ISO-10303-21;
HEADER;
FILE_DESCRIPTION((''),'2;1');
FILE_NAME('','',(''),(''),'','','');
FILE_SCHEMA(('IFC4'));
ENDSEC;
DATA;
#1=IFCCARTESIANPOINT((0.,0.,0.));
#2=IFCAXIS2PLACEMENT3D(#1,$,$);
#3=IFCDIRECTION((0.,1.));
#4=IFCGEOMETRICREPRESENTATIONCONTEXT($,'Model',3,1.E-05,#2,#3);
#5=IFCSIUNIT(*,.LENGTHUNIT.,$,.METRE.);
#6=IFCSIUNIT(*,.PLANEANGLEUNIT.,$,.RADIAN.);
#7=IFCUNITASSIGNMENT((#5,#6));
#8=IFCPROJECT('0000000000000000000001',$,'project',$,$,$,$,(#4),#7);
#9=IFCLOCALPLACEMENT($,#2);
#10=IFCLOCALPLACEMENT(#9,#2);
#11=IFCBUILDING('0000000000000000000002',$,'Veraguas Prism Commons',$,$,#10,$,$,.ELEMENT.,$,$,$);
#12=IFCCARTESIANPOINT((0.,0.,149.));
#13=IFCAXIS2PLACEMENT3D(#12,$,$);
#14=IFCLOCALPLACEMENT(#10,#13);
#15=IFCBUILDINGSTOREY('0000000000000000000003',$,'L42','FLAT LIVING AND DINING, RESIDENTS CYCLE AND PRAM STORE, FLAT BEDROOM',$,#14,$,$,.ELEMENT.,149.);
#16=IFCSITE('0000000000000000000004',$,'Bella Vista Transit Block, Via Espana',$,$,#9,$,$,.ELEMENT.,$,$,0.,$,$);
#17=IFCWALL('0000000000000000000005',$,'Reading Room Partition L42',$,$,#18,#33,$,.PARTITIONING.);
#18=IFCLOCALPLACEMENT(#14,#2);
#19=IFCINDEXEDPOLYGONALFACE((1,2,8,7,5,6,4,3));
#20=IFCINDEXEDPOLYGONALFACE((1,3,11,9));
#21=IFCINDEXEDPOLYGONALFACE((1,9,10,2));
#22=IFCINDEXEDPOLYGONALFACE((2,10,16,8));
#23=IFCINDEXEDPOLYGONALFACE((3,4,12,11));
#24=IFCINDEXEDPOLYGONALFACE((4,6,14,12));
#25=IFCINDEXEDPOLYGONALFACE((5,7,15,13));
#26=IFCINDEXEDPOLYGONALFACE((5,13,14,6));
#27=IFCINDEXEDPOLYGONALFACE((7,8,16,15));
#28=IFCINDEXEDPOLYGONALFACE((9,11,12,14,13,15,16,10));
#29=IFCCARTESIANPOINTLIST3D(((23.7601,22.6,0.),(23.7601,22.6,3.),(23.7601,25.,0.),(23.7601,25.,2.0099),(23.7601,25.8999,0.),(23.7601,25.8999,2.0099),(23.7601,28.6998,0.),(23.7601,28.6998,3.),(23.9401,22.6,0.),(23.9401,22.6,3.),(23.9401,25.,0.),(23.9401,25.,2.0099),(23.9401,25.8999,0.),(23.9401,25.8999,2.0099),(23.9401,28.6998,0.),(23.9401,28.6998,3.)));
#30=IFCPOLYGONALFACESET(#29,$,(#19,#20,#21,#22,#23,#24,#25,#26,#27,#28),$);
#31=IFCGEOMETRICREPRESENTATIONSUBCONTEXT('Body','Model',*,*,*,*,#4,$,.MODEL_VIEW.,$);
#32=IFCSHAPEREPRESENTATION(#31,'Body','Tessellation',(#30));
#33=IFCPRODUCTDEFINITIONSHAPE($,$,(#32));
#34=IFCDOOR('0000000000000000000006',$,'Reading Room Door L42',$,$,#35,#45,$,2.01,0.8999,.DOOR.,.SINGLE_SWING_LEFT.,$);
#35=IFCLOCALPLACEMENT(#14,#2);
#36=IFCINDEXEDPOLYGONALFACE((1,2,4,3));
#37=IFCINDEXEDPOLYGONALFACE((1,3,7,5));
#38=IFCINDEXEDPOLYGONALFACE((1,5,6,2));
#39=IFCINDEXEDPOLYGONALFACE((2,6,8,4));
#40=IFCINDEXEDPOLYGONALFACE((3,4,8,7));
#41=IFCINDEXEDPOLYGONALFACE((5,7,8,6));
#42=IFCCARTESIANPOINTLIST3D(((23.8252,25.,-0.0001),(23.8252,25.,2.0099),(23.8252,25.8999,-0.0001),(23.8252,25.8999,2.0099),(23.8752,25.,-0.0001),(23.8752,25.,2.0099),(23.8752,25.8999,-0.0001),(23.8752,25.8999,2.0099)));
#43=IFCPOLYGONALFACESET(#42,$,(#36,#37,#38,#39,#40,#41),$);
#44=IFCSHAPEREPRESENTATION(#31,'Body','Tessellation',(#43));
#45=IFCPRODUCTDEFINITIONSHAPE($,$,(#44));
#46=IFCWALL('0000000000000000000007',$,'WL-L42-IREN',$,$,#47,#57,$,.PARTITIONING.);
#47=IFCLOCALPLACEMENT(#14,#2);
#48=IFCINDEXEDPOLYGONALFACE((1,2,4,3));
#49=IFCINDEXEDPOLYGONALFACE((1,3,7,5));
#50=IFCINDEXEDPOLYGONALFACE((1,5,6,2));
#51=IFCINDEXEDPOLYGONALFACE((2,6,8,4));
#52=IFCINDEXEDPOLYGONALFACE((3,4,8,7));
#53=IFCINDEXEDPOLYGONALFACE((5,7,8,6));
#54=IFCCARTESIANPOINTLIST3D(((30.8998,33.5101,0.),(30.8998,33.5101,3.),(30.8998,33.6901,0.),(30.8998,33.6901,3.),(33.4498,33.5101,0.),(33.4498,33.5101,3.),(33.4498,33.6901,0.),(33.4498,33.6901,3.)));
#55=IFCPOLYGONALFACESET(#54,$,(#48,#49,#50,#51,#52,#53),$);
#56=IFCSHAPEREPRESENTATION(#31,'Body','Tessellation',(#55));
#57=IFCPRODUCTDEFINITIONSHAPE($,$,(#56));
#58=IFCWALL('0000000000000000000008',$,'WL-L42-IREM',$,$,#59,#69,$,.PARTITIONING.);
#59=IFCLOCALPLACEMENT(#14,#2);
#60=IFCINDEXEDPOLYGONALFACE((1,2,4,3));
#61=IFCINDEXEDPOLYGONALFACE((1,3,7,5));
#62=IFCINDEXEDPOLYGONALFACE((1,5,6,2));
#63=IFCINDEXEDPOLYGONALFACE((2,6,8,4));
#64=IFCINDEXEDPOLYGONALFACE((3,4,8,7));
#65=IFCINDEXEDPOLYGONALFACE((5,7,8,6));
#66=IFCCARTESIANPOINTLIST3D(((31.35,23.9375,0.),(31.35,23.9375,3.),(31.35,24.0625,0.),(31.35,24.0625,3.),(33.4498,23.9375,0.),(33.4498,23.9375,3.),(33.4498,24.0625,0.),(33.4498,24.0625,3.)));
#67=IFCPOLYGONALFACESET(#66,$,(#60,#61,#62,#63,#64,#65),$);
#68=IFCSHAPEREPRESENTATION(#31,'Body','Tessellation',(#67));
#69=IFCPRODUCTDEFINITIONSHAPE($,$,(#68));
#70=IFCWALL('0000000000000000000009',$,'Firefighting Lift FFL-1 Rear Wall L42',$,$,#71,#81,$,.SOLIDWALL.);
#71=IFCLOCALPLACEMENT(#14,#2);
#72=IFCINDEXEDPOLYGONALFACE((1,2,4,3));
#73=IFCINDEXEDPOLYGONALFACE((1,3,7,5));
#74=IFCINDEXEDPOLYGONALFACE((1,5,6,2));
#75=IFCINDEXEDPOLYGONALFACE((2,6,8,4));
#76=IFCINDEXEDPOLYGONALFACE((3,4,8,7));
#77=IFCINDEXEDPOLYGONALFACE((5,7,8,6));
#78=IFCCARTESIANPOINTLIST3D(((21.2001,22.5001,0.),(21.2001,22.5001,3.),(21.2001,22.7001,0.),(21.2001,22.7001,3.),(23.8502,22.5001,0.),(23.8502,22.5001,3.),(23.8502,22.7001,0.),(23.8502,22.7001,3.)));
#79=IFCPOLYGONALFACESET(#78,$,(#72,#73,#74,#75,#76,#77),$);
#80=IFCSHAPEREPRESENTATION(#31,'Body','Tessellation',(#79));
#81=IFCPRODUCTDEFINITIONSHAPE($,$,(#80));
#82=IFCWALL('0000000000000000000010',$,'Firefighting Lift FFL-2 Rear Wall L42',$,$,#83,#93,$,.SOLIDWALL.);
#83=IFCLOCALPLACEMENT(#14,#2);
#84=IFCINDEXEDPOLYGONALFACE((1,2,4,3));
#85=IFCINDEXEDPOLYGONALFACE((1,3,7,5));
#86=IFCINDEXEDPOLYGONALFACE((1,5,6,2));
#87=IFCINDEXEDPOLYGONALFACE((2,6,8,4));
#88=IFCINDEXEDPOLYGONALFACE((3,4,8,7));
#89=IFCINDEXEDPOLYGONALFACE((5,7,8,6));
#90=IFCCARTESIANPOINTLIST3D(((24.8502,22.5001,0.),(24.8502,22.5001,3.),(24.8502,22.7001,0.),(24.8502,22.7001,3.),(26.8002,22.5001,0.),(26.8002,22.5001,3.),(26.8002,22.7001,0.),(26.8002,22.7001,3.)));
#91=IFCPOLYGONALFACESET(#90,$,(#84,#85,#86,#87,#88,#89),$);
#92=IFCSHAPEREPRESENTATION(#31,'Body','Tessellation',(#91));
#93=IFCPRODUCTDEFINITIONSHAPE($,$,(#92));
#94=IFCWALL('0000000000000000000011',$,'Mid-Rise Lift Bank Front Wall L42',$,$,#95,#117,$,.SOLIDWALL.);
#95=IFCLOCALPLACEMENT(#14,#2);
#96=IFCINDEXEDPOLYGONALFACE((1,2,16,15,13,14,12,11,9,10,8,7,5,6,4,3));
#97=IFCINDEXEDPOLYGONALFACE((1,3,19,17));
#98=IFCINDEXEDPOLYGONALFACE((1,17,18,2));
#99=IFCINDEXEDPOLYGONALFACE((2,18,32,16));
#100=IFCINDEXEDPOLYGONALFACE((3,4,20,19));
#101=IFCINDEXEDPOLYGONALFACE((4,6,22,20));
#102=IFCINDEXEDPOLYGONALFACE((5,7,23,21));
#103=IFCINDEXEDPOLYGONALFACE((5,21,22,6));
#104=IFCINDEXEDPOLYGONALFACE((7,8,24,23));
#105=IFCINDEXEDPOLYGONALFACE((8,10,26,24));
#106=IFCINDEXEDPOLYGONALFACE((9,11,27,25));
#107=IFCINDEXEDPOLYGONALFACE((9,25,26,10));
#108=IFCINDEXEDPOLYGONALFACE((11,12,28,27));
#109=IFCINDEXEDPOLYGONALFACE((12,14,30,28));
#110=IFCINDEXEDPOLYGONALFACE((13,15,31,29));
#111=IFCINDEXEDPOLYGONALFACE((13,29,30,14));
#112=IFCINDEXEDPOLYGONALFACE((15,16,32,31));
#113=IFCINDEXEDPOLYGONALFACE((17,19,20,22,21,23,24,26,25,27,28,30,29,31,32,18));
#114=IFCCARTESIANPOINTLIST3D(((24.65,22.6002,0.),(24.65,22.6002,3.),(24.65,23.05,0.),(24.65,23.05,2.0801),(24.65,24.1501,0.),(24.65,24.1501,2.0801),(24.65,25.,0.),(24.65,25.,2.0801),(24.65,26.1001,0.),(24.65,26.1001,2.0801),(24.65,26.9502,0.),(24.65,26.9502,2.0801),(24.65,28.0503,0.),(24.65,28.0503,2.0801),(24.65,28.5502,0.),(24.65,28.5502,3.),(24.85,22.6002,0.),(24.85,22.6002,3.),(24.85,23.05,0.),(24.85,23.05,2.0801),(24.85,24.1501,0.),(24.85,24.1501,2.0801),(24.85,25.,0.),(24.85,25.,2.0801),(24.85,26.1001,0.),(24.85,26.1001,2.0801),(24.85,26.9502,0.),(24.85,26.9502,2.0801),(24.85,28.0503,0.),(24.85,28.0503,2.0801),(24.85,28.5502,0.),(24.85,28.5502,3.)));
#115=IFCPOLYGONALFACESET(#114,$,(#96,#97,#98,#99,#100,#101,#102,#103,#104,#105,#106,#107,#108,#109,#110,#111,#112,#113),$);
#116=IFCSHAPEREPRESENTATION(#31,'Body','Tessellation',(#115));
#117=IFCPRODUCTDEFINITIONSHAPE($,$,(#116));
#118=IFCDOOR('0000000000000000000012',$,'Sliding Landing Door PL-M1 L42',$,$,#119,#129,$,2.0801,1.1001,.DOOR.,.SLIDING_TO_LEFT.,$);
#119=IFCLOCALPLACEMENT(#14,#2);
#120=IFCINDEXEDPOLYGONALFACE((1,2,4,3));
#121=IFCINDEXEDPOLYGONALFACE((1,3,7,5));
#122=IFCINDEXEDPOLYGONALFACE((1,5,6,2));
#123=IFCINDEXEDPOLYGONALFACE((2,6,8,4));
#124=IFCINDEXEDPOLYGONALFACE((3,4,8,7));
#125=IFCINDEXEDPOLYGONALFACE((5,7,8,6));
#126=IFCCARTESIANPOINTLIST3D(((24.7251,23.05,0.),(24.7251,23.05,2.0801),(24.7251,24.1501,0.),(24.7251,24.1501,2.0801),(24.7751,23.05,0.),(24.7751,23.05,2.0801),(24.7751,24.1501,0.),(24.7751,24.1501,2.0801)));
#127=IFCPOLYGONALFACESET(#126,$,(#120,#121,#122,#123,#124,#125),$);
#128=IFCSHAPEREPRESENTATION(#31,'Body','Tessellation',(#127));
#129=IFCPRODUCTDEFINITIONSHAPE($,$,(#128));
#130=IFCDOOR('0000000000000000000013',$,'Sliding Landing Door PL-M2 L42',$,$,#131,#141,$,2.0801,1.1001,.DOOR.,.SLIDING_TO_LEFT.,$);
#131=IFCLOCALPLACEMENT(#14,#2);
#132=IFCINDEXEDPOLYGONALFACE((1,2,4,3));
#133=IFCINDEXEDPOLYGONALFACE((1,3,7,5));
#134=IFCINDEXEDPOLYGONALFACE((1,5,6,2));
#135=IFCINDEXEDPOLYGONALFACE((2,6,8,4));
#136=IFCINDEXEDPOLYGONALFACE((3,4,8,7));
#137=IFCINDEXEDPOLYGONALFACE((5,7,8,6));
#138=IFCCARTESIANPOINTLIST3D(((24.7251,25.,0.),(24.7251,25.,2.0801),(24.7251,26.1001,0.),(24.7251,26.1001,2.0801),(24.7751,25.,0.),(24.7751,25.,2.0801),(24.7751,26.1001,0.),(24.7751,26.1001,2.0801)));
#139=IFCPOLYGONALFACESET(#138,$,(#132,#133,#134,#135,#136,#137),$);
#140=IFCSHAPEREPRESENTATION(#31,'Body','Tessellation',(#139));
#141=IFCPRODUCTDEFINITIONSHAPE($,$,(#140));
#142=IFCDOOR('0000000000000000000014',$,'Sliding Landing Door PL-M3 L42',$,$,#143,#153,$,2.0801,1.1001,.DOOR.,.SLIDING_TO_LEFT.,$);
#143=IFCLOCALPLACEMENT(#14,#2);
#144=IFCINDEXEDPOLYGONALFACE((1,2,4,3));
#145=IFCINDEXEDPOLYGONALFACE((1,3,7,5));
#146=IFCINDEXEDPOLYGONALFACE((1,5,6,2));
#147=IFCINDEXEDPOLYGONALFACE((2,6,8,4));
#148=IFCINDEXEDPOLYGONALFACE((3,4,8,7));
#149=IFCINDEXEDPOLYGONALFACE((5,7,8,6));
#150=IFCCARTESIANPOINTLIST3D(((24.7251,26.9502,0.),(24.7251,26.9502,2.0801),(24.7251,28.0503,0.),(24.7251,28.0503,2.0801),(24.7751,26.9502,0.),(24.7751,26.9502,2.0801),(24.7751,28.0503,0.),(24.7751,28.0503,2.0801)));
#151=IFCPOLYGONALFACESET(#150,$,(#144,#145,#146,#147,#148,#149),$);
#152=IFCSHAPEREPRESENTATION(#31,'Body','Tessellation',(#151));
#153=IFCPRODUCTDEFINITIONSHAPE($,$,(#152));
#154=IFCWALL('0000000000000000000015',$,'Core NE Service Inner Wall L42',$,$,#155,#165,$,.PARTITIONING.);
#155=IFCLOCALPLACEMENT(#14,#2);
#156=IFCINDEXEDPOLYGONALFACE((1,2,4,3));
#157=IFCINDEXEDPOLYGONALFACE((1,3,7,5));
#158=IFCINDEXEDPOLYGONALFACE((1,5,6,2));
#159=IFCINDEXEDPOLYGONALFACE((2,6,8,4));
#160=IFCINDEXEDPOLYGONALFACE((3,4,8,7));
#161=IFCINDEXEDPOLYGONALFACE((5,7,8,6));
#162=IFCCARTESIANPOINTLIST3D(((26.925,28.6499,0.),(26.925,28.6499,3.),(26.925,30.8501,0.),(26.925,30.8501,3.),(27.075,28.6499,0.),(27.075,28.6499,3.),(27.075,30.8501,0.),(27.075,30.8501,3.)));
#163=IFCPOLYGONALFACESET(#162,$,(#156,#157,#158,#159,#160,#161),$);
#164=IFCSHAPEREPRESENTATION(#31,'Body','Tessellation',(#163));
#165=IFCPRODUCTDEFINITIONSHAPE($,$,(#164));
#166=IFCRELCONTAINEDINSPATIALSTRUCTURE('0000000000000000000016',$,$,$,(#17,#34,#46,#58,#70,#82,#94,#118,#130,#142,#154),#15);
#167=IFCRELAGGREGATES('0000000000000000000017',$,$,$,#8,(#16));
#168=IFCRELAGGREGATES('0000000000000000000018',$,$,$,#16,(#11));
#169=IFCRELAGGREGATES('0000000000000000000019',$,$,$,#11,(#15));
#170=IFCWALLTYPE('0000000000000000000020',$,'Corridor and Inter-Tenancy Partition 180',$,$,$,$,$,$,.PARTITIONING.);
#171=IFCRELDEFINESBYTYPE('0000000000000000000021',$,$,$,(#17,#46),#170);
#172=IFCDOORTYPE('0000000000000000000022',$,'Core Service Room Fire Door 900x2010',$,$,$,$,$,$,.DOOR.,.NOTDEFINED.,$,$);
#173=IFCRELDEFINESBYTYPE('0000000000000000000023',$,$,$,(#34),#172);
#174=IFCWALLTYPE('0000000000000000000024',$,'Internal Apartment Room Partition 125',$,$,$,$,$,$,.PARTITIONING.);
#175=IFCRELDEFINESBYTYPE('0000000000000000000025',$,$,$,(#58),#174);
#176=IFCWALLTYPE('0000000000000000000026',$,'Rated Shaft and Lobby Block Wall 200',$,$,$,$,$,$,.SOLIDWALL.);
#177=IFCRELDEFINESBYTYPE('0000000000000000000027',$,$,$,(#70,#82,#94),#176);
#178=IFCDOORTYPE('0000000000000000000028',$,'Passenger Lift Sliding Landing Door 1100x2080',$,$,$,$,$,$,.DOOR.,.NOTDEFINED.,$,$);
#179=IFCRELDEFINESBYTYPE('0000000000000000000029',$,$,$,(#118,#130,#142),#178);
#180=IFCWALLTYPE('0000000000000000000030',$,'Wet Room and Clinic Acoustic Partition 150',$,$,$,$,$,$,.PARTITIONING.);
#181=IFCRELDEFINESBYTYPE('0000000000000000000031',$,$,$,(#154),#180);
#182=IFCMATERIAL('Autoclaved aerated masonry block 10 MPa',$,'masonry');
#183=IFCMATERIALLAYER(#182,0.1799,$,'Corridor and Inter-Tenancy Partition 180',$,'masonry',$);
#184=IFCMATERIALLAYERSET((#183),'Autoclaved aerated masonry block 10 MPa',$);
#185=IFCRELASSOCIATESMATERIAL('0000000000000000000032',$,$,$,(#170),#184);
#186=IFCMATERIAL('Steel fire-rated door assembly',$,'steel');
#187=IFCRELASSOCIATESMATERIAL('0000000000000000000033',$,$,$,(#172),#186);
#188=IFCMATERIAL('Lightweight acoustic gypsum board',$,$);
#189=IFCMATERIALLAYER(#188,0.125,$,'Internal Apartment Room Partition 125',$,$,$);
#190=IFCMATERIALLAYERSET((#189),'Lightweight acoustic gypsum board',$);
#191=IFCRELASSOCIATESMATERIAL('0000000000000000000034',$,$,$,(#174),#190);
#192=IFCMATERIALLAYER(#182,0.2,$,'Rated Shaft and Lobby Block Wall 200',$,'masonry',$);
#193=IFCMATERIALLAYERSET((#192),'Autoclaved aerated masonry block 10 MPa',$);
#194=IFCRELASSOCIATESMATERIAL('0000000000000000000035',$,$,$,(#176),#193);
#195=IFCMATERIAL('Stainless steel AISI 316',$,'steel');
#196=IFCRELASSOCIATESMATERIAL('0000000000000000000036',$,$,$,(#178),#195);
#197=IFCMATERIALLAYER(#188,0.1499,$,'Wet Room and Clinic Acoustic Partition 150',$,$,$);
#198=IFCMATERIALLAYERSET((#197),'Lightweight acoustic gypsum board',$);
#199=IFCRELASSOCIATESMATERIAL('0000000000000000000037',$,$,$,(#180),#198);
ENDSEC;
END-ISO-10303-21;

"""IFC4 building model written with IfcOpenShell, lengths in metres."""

from ifc_helpers import new_model, si_unit, direction, frame, frame_2d, origin, place, context, subcontext, project, spatial, rectangle, extrude, source, transform, mapped, material, layer, layer_set, type_object, element, fill, save


model = new_model("IFC4")

# Units and contexts
model_context = context("Model", 3, precision=1e-05, world=origin(), true_north=direction((0.0, 1.0)))
body_context = subcontext(model_context, "Body", "Model", "MODEL_VIEW")
ifc_project = project(units=[si_unit("LENGTHUNIT", "METRE"), si_unit("PLANEANGLEUNIT", "RADIAN")], contexts=[model_context])

# Site, building, storey
site_placement = place(None, origin())
site = spatial("IfcSite", under=ifc_project, at=site_placement, Name="Bella Vista Transit Block, Via Espana", CompositionType="ELEMENT", RefElevation=0.0)
building_placement = place(site_placement, origin())
building = spatial("IfcBuilding", under=site, at=building_placement, Name="Veraguas Prism Commons", CompositionType="ELEMENT")
storey_placement = place(building_placement, frame((0.0, 0.0, 149.0)))
storey = spatial("IfcBuildingStorey", under=building, at=storey_placement, Name="L42", Description="FLAT LIVING AND DINING, RESIDENTS CYCLE AND PRAM STORE, FLAT BEDROOM", CompositionType="ELEMENT", Elevation=149.0)

# Shared definitions
ifc_material_1 = material(Name="Steel fire-rated door assembly", Category="steel")

# Wall, opening, door
ifc_material_2 = material(Name="Autoclaved aerated masonry block 10 MPa", Category="masonry")
ifc_layer_1 = layer(ifc_material_2, 0.1799, Name="Corridor and Inter-Tenancy Partition 180", Category="masonry")
ifc_layer_set_1 = layer_set([ifc_layer_1], Name="Autoclaved aerated masonry block 10 MPa")
wall_type_1 = type_object("IfcWallType", Name="Corridor and Inter-Tenancy Partition 180", PredefinedType="PARTITIONING", material=ifc_layer_set_1)
wall_1_placement = place(storey_placement, frame((23.8501, 22.6001, 0.0), z_axis=(0.0, 0.0, 1.0), x_axis=(0.0, 1.0, 0.0)))
wall_1 = element("IfcWall", 1, at=wall_1_placement, inside=storey, type_object=wall_type_1, Name="Reading Room Partition L42", PredefinedType="PARTITIONING", context=body_context, shape_type="SweptSolid", body=[
    extrude(rectangle(XDim=6.0999, YDim=0.1799, at=frame_2d((3.0498, 0.0))), origin(), (0.0, 0.0, 1.0), 3.0),
])
opening_1_placement = place(wall_1_placement, frame((2.3999, 0.0, 0.0)))
opening_1 = element("IfcOpeningElement", 2, at=opening_1_placement, cuts=wall_1, PredefinedType="OPENING", context=body_context, shape_type="SweptSolid", body=[
    extrude(rectangle(XDim=0.8999, YDim=2.01, at=frame_2d((0.45, 1.0049))), frame((0.0, 0.0999, 0.0), z_axis=(0.0, -1.0, 0.0), x_axis=(1.0, 0.0, 0.0)), (0.0, 0.0, 1.0), 0.2),
])
door_type_1 = type_object("IfcDoorType", Name="Core Service Room Fire Door 900x2010", OperationType="NOTDEFINED", PredefinedType="DOOR", material=ifc_material_1)
shared_shape_1 = source(origin(), body_context, "Body", "SweptSolid", [
    extrude(rectangle(XDim=0.8999, YDim=2.01, at=frame_2d((0.45, 1.0049))), frame((0.0, 0.0249, 0.0), z_axis=(0.0, -1.0, 0.0), x_axis=(1.0, 0.0, 0.0)), (0.0, 0.0, 1.0), 0.05),
])
door_1_placement = place(opening_1_placement, origin())
door_1 = element("IfcDoor", 3, at=door_1_placement, inside=storey, type_object=door_type_1, Name="Reading Room Door L42", OperationType="SINGLE_SWING_LEFT", OverallHeight=2.01, OverallWidth=0.8999, PredefinedType="DOOR", context=body_context, shape_type="MappedRepresentation", body=[
    mapped(shared_shape_1, transform((0.0, 0.0, 0.0), scale=1.0)),
])
fill(opening_1, door_1)

# Walls
wall_2_placement = place(storey_placement, frame((30.8999, 33.6001, 0.0), z_axis=(0.0, 0.0, 1.0), x_axis=(1.0, 0.0, 0.0)))
element("IfcWall", 4, at=wall_2_placement, inside=storey, type_object=wall_type_1, Name="WL-L42-IREN", PredefinedType="PARTITIONING", context=body_context, shape_type="SweptSolid", body=[
    extrude(rectangle(XDim=2.55, YDim=0.1799, at=frame_2d((1.2749, 0.0))), origin(), (0.0, 0.0, 1.0), 3.0),
])
ifc_material_3 = material(Name="Lightweight acoustic gypsum board")
ifc_layer_2 = layer(ifc_material_3, 0.125, Name="Internal Apartment Room Partition 125")
ifc_layer_set_2 = layer_set([ifc_layer_2], Name="Lightweight acoustic gypsum board")
wall_type_2 = type_object("IfcWallType", Name="Internal Apartment Room Partition 125", PredefinedType="PARTITIONING", material=ifc_layer_set_2)
wall_3_placement = place(storey_placement, frame((31.3501, 24.0, 0.0), z_axis=(0.0, 0.0, 1.0), x_axis=(1.0, 0.0, 0.0)))
element("IfcWall", 5, at=wall_3_placement, inside=storey, type_object=wall_type_2, Name="WL-L42-IREM", PredefinedType="PARTITIONING", context=body_context, shape_type="SweptSolid", body=[
    extrude(rectangle(XDim=2.0999, YDim=0.125, at=frame_2d((1.0498, 0.0))), origin(), (0.0, 0.0, 1.0), 3.0),
])
ifc_layer_3 = layer(ifc_material_2, 0.2, Name="Rated Shaft and Lobby Block Wall 200", Category="masonry")
ifc_layer_set_3 = layer_set([ifc_layer_3], Name="Autoclaved aerated masonry block 10 MPa")
wall_type_3 = type_object("IfcWallType", Name="Rated Shaft and Lobby Block Wall 200", PredefinedType="SOLIDWALL", material=ifc_layer_set_3)
wall_4_placement = place(storey_placement, frame((21.2, 22.6001, 0.0), z_axis=(0.0, 0.0, 1.0), x_axis=(1.0, 0.0, 0.0)))
element("IfcWall", 6, at=wall_4_placement, inside=storey, type_object=wall_type_3, Name="Firefighting Lift FFL-1 Rear Wall L42", PredefinedType="SOLIDWALL", context=body_context, shape_type="SweptSolid", body=[
    extrude(rectangle(XDim=2.6501, YDim=0.2, at=frame_2d((1.3252, 0.0))), origin(), (0.0, 0.0, 1.0), 3.0),
])
wall_5_placement = place(storey_placement, frame((24.8501, 22.6001, 0.0), z_axis=(0.0, 0.0, 1.0), x_axis=(1.0, 0.0, 0.0)))
element("IfcWall", 7, at=wall_5_placement, inside=storey, type_object=wall_type_3, Name="Firefighting Lift FFL-2 Rear Wall L42", PredefinedType="SOLIDWALL", context=body_context, shape_type="SweptSolid", body=[
    extrude(rectangle(XDim=1.95, YDim=0.2, at=frame_2d((0.9751, 0.0))), origin(), (0.0, 0.0, 1.0), 3.0),
])

# Wall, openings, doors
wall_6_placement = place(storey_placement, frame((24.75, 22.6001, 0.0), z_axis=(0.0, 0.0, 1.0), x_axis=(0.0, 1.0, 0.0)))
wall_6 = element("IfcWall", 8, at=wall_6_placement, inside=storey, type_object=wall_type_3, Name="Mid-Rise Lift Bank Front Wall L42", PredefinedType="SOLIDWALL", context=body_context, shape_type="SweptSolid", body=[
    extrude(rectangle(XDim=5.95, YDim=0.2, at=frame_2d((2.9751, 0.0))), origin(), (0.0, 0.0, 1.0), 3.0),
])
opening_2_placement = place(wall_6_placement, frame((0.45, 0.0, 0.0)))
opening_2 = element("IfcOpeningElement", 9, at=opening_2_placement, cuts=wall_6, PredefinedType="OPENING", context=body_context, shape_type="SweptSolid", body=[
    extrude(rectangle(XDim=1.1001, YDim=2.0801, at=frame_2d((0.55, 1.04))), frame((0.0, 0.1099, 0.0), z_axis=(0.0, -1.0, 0.0), x_axis=(1.0, 0.0, 0.0)), (0.0, 0.0, 1.0), 0.22),
])
opening_3_placement = place(wall_6_placement, frame((2.3999, 0.0, 0.0)))
opening_3 = element("IfcOpeningElement", 10, at=opening_3_placement, cuts=wall_6, PredefinedType="OPENING", context=body_context, shape_type="SweptSolid", body=[
    extrude(rectangle(XDim=1.1001, YDim=2.0801, at=frame_2d((0.55, 1.04))), frame((0.0, 0.1099, 0.0), z_axis=(0.0, -1.0, 0.0), x_axis=(1.0, 0.0, 0.0)), (0.0, 0.0, 1.0), 0.22),
])
opening_4_placement = place(wall_6_placement, frame((4.3501, 0.0, 0.0)))
opening_4 = element("IfcOpeningElement", 11, at=opening_4_placement, cuts=wall_6, PredefinedType="OPENING", context=body_context, shape_type="SweptSolid", body=[
    extrude(rectangle(XDim=1.1001, YDim=2.0801, at=frame_2d((0.55, 1.04))), frame((0.0, 0.1099, 0.0), z_axis=(0.0, -1.0, 0.0), x_axis=(1.0, 0.0, 0.0)), (0.0, 0.0, 1.0), 0.22),
])
ifc_material_4 = material(Name="Stainless steel AISI 316", Category="steel")
door_type_2 = type_object("IfcDoorType", Name="Passenger Lift Sliding Landing Door 1100x2080", OperationType="NOTDEFINED", PredefinedType="DOOR", material=ifc_material_4)
shared_shape_2 = source(origin(), body_context, "Body", "SweptSolid", [
    extrude(rectangle(XDim=1.1001, YDim=2.0801, at=frame_2d((0.55, 1.04))), frame((0.0, 0.0249, 0.0), z_axis=(0.0, -1.0, 0.0), x_axis=(1.0, 0.0, 0.0)), (0.0, 0.0, 1.0), 0.05),
])
door_2_placement = place(opening_2_placement, origin())
door_2 = element("IfcDoor", 12, at=door_2_placement, inside=storey, type_object=door_type_2, Name="Sliding Landing Door PL-M1 L42", OperationType="SLIDING_TO_LEFT", OverallHeight=2.0801, OverallWidth=1.1001, PredefinedType="DOOR", context=body_context, shape_type="MappedRepresentation", body=[
    mapped(shared_shape_2, transform((0.0, 0.0, 0.0), scale=1.0)),
])
fill(opening_2, door_2)
door_3_placement = place(opening_3_placement, origin())
door_3 = element("IfcDoor", 13, at=door_3_placement, inside=storey, type_object=door_type_2, Name="Sliding Landing Door PL-M2 L42", OperationType="SLIDING_TO_LEFT", OverallHeight=2.0801, OverallWidth=1.1001, PredefinedType="DOOR", context=body_context, shape_type="MappedRepresentation", body=[
    mapped(shared_shape_2, transform((0.0, 0.0, 0.0), scale=1.0)),
])
fill(opening_3, door_3)
door_4_placement = place(opening_4_placement, origin())
door_4 = element("IfcDoor", 14, at=door_4_placement, inside=storey, type_object=door_type_2, Name="Sliding Landing Door PL-M3 L42", OperationType="SLIDING_TO_LEFT", OverallHeight=2.0801, OverallWidth=1.1001, PredefinedType="DOOR", context=body_context, shape_type="MappedRepresentation", body=[
    mapped(shared_shape_2, transform((0.0, 0.0, 0.0), scale=1.0)),
])
fill(opening_4, door_4)

# Wall
ifc_layer_4 = layer(ifc_material_3, 0.1499, Name="Wet Room and Clinic Acoustic Partition 150")
ifc_layer_set_4 = layer_set([ifc_layer_4], Name="Lightweight acoustic gypsum board")
wall_type_4 = type_object("IfcWallType", Name="Wet Room and Clinic Acoustic Partition 150", PredefinedType="PARTITIONING", material=ifc_layer_set_4)
wall_7_placement = place(storey_placement, frame((27.0, 28.6499, 0.0), z_axis=(0.0, 0.0, 1.0), x_axis=(0.0, 1.0, 0.0)))
element("IfcWall", 15, at=wall_7_placement, inside=storey, type_object=wall_type_4, Name="Core NE Service Inner Wall L42", PredefinedType="PARTITIONING", context=body_context, shape_type="SweptSolid", body=[
    extrude(rectangle(XDim=2.2002, YDim=0.1499, at=frame_2d((1.1001, 0.0))), origin(), (0.0, 0.0, 1.0), 3.0),
])

save(model, "model.ifc")
